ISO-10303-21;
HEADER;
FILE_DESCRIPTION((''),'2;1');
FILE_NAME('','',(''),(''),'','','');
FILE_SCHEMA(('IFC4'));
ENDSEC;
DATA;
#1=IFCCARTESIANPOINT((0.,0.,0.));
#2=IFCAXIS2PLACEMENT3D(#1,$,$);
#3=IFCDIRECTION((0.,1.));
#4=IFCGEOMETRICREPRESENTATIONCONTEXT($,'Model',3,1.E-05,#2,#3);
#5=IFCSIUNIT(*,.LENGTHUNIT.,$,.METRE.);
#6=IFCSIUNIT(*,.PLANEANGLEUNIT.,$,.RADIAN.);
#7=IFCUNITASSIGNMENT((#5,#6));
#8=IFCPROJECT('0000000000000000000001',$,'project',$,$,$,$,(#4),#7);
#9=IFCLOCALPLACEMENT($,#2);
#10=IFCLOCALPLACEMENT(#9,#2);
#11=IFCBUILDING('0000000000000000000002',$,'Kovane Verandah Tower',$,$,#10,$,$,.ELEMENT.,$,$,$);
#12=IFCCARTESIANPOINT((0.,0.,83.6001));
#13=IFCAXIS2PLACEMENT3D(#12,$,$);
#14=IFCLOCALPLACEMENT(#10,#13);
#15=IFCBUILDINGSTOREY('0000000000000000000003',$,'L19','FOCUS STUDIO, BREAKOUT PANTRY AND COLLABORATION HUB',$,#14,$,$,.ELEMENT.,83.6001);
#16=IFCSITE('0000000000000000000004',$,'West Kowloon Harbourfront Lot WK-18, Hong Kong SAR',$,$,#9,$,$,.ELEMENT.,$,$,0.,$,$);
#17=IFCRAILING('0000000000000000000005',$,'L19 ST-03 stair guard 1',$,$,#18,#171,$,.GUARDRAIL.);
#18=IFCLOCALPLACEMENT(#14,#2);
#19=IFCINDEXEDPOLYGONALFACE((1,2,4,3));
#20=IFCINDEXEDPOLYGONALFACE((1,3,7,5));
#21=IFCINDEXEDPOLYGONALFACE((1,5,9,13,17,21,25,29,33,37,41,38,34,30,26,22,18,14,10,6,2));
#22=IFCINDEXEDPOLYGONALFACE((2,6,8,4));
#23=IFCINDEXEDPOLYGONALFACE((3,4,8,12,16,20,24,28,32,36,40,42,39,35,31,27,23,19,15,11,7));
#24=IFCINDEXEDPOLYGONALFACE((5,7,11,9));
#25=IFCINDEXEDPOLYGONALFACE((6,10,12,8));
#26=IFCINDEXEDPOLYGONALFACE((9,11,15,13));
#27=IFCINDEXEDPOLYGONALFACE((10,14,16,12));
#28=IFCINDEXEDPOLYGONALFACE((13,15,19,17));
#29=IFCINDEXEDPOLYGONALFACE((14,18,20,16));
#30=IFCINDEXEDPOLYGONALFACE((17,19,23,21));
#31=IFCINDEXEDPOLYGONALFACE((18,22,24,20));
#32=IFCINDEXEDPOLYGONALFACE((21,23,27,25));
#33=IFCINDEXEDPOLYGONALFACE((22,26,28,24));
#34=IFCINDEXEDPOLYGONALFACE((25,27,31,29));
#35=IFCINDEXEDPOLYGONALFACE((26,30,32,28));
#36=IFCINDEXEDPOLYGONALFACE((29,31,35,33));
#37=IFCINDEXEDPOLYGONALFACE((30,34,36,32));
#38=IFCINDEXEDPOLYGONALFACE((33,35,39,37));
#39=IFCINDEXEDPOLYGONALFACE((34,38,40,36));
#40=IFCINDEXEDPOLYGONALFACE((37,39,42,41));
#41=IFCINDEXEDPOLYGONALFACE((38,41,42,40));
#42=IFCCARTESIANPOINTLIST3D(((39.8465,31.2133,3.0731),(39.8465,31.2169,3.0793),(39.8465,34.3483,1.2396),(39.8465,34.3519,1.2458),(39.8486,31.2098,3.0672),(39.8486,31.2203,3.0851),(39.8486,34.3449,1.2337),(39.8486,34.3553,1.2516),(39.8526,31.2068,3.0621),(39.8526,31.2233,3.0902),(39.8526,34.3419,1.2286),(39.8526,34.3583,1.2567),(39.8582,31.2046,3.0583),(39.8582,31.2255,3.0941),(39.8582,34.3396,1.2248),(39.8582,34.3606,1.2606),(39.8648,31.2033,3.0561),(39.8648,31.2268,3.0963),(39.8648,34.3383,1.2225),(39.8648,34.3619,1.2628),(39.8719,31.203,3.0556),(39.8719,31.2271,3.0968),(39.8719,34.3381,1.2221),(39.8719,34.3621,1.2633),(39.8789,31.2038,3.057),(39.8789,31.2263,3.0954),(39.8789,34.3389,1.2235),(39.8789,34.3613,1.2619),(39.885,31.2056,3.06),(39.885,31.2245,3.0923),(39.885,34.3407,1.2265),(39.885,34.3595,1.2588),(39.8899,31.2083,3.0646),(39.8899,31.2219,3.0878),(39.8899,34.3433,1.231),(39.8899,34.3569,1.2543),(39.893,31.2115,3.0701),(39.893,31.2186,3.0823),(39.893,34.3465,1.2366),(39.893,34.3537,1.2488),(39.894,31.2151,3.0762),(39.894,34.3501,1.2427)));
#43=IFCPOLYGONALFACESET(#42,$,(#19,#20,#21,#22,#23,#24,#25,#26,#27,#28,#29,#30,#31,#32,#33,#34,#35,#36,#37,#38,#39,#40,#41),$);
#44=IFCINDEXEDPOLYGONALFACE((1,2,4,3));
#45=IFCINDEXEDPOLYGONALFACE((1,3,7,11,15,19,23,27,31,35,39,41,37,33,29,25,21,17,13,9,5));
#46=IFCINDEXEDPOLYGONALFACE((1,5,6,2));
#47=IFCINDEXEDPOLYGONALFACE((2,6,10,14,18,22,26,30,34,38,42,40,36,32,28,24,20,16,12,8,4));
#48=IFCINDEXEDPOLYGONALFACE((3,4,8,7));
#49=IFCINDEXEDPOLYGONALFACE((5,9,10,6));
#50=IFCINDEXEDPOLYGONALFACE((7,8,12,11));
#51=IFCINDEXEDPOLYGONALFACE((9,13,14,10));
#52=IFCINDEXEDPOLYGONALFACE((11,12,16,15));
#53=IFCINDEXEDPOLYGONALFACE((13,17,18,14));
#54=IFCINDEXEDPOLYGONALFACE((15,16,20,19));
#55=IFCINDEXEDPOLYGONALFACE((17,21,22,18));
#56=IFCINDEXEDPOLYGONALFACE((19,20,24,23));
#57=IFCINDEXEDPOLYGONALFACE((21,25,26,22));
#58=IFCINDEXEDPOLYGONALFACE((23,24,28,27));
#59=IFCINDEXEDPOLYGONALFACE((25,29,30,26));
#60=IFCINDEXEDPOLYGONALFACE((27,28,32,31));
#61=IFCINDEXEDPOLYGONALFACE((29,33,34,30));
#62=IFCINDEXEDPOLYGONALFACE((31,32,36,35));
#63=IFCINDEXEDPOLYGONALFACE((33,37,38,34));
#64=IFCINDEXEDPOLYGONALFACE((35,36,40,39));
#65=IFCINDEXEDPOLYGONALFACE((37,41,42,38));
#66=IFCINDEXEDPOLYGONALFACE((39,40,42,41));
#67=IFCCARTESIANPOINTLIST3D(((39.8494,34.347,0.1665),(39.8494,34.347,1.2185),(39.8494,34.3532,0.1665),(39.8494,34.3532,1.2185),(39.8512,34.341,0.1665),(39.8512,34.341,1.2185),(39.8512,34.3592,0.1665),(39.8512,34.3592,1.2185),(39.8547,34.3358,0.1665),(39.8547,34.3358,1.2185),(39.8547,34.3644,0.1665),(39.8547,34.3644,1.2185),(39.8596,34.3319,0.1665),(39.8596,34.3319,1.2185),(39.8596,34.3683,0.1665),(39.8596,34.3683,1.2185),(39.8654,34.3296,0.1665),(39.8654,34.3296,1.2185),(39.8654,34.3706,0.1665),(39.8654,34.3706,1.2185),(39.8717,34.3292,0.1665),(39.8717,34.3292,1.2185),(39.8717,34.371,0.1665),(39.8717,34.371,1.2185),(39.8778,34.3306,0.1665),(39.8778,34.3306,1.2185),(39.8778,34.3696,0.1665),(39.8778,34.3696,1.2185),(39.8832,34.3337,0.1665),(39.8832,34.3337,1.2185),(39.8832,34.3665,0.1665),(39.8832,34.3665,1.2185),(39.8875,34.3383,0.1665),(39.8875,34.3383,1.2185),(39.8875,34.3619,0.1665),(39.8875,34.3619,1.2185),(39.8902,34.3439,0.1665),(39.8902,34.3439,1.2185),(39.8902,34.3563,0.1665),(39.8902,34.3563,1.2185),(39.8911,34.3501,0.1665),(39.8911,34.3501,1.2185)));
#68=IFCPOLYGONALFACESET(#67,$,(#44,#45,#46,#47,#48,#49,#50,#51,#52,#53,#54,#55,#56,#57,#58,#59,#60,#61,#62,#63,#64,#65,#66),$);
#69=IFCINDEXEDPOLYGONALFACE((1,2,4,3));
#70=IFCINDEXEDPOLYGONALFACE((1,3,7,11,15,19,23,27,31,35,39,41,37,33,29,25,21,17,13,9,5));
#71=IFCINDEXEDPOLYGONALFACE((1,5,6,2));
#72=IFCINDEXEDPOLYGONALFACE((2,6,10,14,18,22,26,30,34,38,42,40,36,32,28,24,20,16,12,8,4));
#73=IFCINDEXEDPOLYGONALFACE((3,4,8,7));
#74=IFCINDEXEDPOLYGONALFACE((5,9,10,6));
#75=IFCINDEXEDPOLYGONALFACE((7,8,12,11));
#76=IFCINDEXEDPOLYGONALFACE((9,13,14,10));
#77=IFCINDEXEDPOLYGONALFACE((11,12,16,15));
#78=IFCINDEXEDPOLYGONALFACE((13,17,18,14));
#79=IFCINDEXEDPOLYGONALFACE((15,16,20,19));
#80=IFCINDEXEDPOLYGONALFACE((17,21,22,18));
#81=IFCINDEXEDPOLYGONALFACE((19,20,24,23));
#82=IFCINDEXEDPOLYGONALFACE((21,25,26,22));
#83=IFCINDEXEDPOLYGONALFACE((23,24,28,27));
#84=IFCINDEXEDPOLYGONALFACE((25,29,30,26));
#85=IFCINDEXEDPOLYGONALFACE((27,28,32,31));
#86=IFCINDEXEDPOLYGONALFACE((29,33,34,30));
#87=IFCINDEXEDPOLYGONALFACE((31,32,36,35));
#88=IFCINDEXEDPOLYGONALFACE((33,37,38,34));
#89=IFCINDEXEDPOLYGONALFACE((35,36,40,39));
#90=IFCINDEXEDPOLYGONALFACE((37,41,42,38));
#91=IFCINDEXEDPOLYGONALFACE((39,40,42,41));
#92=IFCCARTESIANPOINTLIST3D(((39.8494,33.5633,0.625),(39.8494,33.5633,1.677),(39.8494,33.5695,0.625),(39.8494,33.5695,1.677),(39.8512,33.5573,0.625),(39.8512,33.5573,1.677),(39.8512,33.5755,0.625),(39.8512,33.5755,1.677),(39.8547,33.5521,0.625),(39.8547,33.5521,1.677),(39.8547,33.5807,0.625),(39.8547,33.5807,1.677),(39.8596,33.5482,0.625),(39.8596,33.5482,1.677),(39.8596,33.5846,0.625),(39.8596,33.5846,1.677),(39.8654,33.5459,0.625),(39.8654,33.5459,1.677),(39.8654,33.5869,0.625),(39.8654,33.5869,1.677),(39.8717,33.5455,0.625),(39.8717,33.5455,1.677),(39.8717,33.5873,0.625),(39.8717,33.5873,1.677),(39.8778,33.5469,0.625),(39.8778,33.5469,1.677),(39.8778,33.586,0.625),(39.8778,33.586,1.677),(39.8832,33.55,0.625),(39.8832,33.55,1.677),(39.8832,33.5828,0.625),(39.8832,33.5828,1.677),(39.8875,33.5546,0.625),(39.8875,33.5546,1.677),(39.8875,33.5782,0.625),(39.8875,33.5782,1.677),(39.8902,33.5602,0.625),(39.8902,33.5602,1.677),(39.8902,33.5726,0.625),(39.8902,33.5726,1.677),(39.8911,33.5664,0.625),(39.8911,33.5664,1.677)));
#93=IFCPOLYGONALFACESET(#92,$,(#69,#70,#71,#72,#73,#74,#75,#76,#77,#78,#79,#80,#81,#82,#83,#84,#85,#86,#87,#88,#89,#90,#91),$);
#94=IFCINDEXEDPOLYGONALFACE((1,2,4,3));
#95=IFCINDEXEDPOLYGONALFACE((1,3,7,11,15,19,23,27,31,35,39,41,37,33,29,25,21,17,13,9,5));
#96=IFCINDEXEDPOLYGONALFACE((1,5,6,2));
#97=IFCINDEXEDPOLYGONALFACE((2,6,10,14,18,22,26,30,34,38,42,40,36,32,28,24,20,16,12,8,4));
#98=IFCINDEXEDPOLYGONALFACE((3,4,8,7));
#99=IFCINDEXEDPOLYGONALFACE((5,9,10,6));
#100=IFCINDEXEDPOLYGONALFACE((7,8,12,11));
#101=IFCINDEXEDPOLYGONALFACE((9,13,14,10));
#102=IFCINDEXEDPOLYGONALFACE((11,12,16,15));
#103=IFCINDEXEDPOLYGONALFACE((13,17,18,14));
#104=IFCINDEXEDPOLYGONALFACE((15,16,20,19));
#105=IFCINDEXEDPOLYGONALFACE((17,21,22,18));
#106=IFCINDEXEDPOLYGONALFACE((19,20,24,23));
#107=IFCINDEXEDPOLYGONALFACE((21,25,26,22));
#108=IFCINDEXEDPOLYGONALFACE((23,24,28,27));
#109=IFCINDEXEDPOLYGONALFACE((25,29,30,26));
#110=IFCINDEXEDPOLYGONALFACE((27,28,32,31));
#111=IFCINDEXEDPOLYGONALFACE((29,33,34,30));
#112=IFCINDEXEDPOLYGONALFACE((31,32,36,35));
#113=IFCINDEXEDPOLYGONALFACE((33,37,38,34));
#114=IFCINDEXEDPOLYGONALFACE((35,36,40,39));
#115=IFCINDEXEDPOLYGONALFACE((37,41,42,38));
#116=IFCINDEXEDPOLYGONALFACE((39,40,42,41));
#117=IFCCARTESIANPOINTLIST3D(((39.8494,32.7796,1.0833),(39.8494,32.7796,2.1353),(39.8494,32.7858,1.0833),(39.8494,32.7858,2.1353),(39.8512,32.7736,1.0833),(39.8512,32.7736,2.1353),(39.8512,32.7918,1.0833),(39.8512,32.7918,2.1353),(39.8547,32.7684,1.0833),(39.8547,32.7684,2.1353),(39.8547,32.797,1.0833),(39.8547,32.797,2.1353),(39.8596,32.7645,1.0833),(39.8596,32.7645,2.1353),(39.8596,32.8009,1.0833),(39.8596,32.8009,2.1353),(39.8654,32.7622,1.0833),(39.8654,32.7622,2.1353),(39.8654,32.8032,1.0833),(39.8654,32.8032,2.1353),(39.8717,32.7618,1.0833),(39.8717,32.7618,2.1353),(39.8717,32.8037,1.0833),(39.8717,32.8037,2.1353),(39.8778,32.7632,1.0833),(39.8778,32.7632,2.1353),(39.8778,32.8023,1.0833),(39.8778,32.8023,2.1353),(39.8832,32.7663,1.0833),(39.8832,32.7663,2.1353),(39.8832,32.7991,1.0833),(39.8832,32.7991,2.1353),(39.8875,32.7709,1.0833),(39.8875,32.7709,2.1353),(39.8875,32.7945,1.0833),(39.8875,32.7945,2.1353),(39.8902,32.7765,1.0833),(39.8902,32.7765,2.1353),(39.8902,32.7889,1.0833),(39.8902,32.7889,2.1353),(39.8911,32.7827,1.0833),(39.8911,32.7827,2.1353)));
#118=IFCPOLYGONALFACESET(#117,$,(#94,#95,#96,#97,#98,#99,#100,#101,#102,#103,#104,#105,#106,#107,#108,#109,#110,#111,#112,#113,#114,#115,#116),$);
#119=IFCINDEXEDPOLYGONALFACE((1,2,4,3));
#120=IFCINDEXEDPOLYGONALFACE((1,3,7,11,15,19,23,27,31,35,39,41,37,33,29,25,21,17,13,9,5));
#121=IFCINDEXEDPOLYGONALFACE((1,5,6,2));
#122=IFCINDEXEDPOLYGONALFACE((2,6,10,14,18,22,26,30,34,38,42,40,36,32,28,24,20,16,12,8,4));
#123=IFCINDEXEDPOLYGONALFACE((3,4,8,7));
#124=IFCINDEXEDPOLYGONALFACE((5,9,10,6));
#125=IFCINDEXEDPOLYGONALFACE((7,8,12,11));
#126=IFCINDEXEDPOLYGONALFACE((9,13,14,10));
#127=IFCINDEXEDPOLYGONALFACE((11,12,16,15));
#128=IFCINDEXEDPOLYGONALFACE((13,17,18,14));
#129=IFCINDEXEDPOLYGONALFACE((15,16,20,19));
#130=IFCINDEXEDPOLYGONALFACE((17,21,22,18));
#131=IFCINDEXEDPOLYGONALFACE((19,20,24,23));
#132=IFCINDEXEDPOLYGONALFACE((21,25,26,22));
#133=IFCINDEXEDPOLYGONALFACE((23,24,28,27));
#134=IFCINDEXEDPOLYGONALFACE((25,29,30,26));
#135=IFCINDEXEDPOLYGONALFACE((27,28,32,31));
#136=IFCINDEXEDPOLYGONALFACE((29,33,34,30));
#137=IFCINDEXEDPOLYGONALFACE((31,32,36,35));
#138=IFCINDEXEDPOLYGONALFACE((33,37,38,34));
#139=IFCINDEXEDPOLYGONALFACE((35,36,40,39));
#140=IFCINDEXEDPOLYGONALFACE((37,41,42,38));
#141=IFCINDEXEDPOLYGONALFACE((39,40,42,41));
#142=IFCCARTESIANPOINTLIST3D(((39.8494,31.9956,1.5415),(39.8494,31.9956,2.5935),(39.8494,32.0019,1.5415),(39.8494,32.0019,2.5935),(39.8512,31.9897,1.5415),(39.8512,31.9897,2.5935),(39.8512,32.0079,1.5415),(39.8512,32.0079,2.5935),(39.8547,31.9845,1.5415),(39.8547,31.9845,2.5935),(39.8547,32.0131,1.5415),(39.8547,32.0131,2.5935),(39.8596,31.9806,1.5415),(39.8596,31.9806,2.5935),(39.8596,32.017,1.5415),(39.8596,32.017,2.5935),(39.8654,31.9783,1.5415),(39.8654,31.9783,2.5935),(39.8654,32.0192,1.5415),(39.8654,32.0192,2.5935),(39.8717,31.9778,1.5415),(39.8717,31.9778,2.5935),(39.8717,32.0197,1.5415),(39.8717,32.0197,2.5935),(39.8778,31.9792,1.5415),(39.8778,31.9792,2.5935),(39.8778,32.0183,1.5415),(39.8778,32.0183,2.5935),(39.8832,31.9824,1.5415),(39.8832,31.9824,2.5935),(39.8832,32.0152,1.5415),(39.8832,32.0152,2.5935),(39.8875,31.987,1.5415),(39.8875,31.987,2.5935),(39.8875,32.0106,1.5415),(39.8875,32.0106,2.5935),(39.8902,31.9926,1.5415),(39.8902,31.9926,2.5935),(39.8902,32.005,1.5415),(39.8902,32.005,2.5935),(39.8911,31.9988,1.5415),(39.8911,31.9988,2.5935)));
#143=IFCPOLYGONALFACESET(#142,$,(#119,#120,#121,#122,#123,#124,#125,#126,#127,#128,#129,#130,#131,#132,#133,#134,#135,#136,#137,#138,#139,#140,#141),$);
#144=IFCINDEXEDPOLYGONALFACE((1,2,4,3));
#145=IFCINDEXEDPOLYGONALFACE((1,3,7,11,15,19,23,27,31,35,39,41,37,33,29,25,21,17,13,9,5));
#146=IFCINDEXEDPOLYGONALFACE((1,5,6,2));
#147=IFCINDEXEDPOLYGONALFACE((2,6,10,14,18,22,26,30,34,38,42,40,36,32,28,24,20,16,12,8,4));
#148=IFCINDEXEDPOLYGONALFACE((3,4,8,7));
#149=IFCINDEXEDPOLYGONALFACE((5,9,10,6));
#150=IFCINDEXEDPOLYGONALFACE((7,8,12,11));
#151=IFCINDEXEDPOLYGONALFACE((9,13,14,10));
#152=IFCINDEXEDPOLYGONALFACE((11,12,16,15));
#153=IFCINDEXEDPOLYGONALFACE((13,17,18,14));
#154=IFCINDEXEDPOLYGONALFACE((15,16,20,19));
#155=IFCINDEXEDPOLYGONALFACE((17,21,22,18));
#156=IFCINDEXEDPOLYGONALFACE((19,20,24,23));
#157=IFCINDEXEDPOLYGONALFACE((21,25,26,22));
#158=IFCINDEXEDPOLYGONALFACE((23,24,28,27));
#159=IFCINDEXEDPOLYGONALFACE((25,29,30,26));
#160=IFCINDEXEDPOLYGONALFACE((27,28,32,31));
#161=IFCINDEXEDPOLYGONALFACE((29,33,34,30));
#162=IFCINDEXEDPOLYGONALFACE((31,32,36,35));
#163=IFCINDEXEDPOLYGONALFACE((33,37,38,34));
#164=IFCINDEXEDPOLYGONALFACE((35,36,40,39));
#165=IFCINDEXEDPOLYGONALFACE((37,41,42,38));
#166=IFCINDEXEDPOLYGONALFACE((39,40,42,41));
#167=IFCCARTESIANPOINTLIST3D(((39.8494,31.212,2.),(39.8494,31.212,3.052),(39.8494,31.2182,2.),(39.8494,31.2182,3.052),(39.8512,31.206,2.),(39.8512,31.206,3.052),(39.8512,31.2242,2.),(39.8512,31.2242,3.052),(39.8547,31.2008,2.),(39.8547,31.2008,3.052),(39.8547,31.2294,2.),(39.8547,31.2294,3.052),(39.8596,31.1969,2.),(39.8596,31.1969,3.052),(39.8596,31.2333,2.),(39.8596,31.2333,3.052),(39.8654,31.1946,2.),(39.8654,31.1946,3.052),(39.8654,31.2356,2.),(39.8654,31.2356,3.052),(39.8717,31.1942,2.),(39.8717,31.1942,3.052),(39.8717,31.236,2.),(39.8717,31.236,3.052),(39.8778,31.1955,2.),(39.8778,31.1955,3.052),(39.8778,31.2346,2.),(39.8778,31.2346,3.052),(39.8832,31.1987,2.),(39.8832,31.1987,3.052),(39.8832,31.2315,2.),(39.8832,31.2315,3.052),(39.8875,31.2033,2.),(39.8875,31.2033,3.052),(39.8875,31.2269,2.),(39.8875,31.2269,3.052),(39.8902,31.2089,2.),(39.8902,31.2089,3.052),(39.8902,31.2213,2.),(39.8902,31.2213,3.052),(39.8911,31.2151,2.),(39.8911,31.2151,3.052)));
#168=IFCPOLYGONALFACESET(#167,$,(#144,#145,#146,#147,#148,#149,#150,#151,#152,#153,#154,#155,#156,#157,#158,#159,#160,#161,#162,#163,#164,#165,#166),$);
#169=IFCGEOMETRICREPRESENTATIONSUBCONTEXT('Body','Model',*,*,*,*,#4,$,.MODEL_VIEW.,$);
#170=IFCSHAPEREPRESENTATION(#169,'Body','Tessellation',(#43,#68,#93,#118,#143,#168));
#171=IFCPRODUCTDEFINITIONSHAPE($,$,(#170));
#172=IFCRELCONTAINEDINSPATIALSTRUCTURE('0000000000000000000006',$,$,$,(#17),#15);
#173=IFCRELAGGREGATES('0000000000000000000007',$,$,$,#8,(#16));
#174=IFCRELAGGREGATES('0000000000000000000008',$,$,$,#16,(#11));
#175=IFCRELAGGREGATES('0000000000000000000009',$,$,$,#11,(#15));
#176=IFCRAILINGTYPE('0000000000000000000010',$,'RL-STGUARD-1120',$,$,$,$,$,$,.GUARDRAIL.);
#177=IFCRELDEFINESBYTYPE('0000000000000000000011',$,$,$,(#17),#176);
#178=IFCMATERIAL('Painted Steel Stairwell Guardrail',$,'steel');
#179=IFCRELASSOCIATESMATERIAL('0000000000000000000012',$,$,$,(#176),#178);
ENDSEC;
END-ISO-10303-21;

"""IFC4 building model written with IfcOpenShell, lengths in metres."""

from ifc_helpers import new_model, si_unit, direction, frame, origin, origin_2d, place, context, subcontext, project, spatial, circle, extrude, material, type_object, element, save


model = new_model("IFC4")

# Units and contexts
model_context = context("Model", 3, precision=1e-05, world=origin(), true_north=direction((0.0, 1.0)))
body_context = subcontext(model_context, "Body", "Model", "MODEL_VIEW")
ifc_project = project(units=[si_unit("LENGTHUNIT", "METRE"), si_unit("PLANEANGLEUNIT", "RADIAN")], contexts=[model_context])

# Site, building, storey
site_placement = place(None, origin())
site = spatial("IfcSite", under=ifc_project, at=site_placement, Name="West Kowloon Harbourfront Lot WK-18, Hong Kong SAR", CompositionType="ELEMENT", RefElevation=0.0)
building_placement = place(site_placement, origin())
building = spatial("IfcBuilding", under=site, at=building_placement, Name="Kovane Verandah Tower", CompositionType="ELEMENT")
storey_placement = place(building_placement, frame((0.0, 0.0, 83.6001)))
storey = spatial("IfcBuildingStorey", under=building, at=storey_placement, Name="L19", Description="FOCUS STUDIO, BREAKOUT PANTRY AND COLLABORATION HUB", CompositionType="ELEMENT", Elevation=83.6001)

# Railing
ifc_material_1 = material(Name="Painted Steel Stairwell Guardrail", Category="steel")
railing_type_1 = type_object("IfcRailingType", Name="RL-STGUARD-1120", PredefinedType="GUARDRAIL", material=ifc_material_1)
railing_1_placement = place(storey_placement, frame((39.8701, 34.3501, 0.1665)))
element("IfcRailing", 1, at=railing_1_placement, inside=storey, type_object=railing_type_1, Name="L19 ST-03 stair guard 1", PredefinedType="GUARDRAIL", context=body_context, shape_type="SweptSolid", body=[
    extrude(circle(Radius=0.0239, at=origin_2d()), frame((0.0, 0.0, 1.0762), z_axis=(0.0, -0.86321, 0.504845), x_axis=(1.0, 0.0, 0.0)), (0.0, 0.0, 1.0), 3.6318),
    extrude(circle(Radius=0.021, at=origin_2d()), origin(), (0.0, 0.0, 1.0), 1.052),
    extrude(circle(Radius=0.021, at=origin_2d()), frame((0.0, -0.7837, 0.4585)), (0.0, 0.0, 1.0), 1.052),
    extrude(circle(Radius=0.021, at=origin_2d()), frame((0.0, -1.5674, 0.9167)), (0.0, 0.0, 1.0), 1.052),
    extrude(circle(Radius=0.021, at=origin_2d()), frame((0.0, -2.3513, 1.375)), (0.0, 0.0, 1.0), 1.052),
    extrude(circle(Radius=0.021, at=origin_2d()), frame((0.0, -3.135, 1.8335)), (0.0, 0.0, 1.0), 1.052),
])

save(model, "model.ifc")
